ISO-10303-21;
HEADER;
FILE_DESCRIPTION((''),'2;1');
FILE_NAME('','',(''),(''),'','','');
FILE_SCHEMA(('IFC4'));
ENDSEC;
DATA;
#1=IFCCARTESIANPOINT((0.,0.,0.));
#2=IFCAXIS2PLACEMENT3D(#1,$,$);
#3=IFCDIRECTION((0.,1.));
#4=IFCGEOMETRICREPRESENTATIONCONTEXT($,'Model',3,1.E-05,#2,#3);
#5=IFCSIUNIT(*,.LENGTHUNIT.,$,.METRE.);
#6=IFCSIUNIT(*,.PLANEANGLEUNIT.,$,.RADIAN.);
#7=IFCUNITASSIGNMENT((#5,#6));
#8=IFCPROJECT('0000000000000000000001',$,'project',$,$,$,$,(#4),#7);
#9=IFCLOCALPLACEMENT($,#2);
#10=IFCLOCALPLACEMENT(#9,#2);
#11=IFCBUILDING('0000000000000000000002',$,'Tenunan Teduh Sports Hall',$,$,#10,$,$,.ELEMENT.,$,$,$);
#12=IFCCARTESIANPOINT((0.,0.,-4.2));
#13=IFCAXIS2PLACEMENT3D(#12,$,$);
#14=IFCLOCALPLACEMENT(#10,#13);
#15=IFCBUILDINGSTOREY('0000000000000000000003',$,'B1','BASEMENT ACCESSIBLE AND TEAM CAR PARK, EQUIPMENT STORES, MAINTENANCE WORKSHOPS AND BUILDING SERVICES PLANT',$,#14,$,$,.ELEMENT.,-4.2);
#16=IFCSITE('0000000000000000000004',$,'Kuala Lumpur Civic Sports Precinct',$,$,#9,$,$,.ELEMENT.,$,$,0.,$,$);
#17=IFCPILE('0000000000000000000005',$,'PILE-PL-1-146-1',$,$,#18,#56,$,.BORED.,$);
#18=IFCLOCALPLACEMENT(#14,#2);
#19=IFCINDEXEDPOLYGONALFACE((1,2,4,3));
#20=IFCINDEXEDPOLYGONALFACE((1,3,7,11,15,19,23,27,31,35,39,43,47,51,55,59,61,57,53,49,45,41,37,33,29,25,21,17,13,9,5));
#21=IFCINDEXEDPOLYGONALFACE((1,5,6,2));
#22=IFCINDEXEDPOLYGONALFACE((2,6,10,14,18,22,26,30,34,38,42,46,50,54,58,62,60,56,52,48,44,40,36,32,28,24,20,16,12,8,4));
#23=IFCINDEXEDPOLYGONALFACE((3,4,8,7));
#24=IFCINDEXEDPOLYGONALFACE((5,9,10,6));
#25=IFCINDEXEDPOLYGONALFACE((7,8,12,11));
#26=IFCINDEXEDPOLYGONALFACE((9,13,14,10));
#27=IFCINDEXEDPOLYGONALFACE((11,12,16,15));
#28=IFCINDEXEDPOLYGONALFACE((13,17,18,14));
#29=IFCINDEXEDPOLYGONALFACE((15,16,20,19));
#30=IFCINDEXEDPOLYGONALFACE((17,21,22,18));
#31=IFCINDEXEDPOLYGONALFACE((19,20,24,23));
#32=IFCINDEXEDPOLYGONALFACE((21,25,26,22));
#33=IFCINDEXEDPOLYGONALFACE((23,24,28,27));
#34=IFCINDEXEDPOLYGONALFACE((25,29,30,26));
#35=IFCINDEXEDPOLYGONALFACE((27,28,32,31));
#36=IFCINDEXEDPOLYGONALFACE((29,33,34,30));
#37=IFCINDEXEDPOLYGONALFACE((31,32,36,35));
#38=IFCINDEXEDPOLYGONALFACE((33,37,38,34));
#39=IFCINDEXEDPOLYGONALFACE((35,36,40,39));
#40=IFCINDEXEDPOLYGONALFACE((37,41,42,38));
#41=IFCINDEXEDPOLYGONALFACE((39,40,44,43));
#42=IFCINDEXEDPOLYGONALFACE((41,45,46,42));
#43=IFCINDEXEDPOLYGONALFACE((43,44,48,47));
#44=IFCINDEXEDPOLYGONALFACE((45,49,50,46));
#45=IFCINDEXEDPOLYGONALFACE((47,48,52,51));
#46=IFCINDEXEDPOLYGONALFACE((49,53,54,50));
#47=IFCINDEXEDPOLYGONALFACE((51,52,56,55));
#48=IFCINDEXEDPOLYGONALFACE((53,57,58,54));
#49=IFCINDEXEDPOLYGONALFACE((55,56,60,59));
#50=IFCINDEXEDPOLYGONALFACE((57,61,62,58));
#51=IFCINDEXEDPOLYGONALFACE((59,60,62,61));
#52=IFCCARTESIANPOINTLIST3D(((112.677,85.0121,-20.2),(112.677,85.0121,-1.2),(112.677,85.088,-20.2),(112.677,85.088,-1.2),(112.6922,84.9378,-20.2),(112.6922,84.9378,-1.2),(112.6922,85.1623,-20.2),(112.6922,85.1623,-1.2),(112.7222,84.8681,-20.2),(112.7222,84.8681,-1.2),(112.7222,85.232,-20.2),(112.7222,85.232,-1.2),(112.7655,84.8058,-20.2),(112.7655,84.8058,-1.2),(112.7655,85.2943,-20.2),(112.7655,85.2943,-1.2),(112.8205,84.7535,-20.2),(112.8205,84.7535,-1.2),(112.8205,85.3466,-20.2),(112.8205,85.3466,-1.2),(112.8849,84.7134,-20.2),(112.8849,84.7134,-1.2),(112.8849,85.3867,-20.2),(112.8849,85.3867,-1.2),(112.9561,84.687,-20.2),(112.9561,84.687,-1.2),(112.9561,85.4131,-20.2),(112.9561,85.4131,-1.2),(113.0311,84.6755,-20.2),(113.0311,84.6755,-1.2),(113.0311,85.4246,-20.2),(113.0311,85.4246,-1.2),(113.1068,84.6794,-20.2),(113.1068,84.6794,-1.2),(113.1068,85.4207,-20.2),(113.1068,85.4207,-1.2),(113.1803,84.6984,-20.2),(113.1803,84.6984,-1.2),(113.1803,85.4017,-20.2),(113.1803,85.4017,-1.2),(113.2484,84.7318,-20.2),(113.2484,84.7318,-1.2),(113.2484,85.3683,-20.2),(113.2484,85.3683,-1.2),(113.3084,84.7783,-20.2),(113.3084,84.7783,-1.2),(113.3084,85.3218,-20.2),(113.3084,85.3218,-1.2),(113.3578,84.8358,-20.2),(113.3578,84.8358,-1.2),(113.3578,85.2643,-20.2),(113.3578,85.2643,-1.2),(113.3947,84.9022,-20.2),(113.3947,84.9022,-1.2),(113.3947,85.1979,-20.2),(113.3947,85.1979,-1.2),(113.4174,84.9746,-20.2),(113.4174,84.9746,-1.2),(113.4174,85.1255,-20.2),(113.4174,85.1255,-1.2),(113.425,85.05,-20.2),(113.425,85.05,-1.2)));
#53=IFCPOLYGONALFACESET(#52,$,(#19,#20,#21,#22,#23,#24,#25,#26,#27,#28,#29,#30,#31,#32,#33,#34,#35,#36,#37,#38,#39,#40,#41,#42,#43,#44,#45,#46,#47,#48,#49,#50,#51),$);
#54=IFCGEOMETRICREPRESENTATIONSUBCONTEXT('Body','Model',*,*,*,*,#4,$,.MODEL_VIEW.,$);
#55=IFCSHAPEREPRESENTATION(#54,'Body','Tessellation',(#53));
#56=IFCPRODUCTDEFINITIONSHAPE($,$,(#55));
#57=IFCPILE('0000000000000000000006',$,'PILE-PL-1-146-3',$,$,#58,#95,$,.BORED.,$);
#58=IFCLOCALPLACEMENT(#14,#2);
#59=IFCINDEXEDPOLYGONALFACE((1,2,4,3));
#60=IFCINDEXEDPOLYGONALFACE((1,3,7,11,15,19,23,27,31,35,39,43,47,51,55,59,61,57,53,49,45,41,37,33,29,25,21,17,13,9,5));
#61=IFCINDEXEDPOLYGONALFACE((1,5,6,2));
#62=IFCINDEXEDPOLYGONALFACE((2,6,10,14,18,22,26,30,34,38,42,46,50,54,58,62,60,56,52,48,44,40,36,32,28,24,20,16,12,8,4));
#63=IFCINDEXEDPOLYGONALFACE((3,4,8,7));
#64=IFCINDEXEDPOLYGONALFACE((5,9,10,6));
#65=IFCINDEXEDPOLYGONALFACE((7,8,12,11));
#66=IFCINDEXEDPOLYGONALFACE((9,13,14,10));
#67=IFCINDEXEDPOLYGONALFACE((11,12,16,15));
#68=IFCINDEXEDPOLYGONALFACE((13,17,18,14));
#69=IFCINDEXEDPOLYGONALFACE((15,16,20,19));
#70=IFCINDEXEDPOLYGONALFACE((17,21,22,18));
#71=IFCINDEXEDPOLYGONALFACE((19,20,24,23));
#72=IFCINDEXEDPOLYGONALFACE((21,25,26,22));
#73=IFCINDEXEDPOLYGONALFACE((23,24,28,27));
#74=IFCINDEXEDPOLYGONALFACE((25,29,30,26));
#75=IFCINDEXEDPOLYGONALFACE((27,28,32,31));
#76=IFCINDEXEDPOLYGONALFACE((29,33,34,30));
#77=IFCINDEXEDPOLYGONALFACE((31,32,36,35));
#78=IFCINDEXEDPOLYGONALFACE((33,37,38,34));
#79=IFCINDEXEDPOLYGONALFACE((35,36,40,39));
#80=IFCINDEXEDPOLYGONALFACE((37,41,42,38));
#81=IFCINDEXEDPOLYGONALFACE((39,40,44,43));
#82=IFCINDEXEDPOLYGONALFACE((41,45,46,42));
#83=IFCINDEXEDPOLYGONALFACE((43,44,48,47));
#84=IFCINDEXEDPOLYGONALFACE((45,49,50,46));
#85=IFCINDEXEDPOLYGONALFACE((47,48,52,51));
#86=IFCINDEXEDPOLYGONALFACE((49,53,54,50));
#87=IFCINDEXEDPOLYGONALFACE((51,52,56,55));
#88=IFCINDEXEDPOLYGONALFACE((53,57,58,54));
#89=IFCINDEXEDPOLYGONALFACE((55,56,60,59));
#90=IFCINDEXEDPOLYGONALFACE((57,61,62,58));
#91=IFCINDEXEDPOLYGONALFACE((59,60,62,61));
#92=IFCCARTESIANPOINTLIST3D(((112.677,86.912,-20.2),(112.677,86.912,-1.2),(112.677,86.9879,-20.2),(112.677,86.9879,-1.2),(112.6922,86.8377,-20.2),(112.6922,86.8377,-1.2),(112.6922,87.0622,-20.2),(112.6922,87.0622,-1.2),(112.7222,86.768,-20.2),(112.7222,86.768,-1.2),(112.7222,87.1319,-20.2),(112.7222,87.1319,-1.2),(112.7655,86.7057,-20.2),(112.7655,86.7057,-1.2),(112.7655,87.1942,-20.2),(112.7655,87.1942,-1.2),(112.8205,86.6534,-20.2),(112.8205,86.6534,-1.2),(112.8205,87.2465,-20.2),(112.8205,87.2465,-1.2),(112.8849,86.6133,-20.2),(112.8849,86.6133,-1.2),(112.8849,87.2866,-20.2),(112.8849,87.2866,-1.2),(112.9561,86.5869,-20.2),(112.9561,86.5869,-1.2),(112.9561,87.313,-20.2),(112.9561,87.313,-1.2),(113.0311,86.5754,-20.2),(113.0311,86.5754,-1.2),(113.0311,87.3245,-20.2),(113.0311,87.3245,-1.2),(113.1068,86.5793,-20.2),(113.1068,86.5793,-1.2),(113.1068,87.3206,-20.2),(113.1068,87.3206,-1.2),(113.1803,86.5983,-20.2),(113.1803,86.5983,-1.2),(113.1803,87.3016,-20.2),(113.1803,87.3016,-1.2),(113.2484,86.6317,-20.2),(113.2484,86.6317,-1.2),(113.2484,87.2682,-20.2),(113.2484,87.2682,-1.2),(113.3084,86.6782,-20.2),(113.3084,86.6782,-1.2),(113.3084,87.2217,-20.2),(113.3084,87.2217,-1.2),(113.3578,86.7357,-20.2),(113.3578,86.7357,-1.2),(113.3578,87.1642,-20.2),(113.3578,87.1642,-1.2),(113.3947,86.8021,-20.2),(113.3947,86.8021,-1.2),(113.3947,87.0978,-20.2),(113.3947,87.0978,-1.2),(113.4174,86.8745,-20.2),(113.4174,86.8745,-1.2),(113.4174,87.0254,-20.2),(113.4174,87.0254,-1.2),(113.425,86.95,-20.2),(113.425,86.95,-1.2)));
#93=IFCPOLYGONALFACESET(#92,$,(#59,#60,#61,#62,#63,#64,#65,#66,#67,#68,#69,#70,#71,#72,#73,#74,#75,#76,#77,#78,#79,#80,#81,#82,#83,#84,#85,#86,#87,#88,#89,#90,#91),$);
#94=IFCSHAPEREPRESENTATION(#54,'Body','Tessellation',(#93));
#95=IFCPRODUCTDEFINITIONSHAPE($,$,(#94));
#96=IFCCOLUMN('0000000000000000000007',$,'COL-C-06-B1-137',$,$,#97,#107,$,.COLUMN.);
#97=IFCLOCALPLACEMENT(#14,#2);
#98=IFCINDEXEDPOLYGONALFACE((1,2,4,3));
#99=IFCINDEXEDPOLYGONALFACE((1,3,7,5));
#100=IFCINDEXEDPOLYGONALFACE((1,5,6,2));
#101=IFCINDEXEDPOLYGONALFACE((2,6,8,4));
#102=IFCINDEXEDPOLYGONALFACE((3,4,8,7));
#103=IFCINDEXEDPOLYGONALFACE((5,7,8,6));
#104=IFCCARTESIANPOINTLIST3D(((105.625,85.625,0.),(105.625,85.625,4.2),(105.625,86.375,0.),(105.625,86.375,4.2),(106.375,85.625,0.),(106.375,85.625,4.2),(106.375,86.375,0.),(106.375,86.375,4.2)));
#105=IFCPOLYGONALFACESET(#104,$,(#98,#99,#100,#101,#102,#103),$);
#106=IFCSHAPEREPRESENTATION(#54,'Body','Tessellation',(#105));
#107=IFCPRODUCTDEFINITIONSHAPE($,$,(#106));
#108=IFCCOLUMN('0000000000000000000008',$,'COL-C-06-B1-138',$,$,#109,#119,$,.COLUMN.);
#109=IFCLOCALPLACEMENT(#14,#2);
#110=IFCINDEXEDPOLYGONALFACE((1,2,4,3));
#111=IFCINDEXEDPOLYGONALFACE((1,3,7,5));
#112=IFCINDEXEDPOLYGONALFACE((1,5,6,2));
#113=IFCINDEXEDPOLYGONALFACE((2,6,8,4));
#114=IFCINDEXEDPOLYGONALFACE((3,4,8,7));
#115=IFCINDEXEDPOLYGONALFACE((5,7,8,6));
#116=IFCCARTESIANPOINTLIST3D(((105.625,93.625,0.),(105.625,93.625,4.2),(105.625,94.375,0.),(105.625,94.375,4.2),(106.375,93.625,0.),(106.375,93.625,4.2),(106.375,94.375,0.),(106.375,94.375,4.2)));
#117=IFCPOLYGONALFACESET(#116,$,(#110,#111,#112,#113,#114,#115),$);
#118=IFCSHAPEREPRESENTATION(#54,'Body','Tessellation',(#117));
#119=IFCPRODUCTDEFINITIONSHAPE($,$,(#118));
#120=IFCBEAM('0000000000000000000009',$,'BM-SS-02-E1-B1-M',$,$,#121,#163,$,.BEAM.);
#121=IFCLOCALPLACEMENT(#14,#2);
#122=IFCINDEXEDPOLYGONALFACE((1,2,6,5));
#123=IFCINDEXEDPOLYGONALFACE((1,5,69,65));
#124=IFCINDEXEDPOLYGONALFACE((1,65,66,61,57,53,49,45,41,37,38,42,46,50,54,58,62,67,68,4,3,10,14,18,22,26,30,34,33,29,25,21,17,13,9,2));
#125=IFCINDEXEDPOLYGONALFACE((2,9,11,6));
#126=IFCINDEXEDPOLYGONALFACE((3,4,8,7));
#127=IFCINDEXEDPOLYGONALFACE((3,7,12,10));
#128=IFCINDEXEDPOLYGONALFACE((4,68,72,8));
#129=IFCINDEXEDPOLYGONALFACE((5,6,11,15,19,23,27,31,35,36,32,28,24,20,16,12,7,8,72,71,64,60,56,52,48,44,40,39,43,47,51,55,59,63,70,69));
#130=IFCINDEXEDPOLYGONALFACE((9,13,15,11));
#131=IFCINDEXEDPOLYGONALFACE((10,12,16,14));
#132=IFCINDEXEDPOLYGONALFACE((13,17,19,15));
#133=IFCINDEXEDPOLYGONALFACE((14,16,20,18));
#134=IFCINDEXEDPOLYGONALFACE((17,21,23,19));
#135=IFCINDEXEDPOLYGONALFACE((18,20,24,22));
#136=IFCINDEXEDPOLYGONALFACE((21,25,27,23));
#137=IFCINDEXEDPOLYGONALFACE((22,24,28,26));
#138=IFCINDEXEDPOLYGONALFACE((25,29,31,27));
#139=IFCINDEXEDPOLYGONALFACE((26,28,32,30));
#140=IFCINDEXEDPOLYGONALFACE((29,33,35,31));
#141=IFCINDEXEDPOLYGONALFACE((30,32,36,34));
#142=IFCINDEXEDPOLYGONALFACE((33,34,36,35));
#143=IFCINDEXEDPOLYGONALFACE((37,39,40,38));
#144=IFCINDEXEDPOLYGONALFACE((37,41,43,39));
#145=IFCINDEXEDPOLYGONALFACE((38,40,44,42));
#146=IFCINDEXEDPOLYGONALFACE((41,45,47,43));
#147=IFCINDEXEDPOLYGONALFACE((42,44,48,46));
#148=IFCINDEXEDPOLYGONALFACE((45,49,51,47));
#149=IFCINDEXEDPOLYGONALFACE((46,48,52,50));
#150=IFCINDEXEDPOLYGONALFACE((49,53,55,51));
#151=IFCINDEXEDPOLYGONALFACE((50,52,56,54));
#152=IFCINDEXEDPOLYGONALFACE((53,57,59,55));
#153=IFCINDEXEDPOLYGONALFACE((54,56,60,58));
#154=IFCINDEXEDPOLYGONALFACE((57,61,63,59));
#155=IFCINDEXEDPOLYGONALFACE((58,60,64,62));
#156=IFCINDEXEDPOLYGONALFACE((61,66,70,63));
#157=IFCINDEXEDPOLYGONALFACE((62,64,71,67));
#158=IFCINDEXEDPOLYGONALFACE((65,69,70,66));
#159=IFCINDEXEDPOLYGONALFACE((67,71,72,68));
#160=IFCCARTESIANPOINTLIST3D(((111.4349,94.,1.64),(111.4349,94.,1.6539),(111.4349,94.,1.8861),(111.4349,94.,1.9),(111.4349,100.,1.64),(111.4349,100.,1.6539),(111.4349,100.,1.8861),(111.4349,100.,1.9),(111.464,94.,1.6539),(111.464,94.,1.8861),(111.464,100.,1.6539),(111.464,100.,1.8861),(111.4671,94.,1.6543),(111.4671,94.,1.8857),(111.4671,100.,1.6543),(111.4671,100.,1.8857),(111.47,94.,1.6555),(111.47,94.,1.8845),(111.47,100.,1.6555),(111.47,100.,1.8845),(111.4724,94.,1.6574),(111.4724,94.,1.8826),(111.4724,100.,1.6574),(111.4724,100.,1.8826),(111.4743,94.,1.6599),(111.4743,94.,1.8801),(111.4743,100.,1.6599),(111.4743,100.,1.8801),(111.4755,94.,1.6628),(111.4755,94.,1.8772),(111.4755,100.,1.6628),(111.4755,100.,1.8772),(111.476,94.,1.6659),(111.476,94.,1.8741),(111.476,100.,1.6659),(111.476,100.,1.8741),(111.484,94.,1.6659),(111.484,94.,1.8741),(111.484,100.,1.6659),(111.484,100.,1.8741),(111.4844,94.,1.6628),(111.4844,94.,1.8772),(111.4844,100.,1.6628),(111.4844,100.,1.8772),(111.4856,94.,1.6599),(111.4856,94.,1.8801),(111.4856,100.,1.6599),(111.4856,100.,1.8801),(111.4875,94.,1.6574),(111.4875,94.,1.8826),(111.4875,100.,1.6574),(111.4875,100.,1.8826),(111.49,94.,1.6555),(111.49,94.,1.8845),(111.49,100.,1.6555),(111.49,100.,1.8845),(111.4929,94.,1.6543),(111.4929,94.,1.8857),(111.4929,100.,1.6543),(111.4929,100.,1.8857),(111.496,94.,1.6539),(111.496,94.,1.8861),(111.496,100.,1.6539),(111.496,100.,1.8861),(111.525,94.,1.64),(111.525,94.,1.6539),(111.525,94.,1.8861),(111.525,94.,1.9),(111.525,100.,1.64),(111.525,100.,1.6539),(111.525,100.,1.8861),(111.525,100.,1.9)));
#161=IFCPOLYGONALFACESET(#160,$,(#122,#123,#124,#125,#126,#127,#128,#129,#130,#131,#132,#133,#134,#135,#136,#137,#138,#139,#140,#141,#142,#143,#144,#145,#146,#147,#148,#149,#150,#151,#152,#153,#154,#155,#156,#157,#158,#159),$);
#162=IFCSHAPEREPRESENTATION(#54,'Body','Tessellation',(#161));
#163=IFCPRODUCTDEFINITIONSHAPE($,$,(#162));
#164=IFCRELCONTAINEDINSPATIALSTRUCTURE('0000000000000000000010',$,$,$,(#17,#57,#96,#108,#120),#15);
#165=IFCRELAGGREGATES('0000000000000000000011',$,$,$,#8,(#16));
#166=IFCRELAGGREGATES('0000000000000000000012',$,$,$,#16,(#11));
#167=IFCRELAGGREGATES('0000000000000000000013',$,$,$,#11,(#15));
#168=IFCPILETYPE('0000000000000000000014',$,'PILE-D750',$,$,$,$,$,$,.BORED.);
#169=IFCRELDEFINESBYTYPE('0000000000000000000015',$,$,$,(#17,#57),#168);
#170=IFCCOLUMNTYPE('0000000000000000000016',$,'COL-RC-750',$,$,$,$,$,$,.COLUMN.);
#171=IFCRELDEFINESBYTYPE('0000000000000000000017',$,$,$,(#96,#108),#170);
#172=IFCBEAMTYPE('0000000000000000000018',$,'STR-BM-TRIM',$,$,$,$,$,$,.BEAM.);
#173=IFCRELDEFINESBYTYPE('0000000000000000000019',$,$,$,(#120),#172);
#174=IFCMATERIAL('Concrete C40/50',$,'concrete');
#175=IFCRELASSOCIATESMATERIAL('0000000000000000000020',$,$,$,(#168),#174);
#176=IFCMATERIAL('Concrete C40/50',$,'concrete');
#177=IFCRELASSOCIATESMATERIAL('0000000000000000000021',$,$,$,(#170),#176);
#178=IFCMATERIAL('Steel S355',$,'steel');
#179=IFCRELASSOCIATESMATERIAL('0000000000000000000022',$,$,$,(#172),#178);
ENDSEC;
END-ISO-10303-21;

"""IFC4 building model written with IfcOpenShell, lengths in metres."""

from ifc_helpers import new_model, si_unit, direction, frame, origin, origin_2d, place, context, subcontext, project, spatial, rectangle, circle, i_section, extrude, material, material_profile, profile_set, type_object, element, save


model = new_model("IFC4")

# Units and contexts
model_context = context("Model", 3, precision=1e-05, world=origin(), true_north=direction((0.0, 1.0)))
body_context = subcontext(model_context, "Body", "Model", "MODEL_VIEW")
ifc_project = project(units=[si_unit("LENGTHUNIT", "METRE"), si_unit("PLANEANGLEUNIT", "RADIAN")], contexts=[model_context])

# Site, building, storey
site_placement = place(None, origin())
site = spatial("IfcSite", under=ifc_project, at=site_placement, Name="Kuala Lumpur Civic Sports Precinct", CompositionType="ELEMENT", RefElevation=0.0)
building_placement = place(site_placement, origin())
building = spatial("IfcBuilding", under=site, at=building_placement, Name="Tenunan Teduh Sports Hall", CompositionType="ELEMENT")
storey_placement = place(building_placement, frame((0.0, 0.0, -4.2)))
storey = spatial("IfcBuildingStorey", under=building, at=storey_placement, Name="B1", Description="BASEMENT ACCESSIBLE AND TEAM CAR PARK, EQUIPMENT STORES, MAINTENANCE WORKSHOPS AND BUILDING SERVICES PLANT", CompositionType="ELEMENT", Elevation=-4.2)

# Piles
ifc_material_1 = material(Name="Concrete C40/50", Category="concrete")
ifc_material_profile_1 = material_profile(ifc_material_1, circle(Radius=0.375, at=origin_2d()), Name="PILE D750")
ifc_profile_set_1 = profile_set([ifc_material_profile_1], Name="Concrete C40/50")
pile_type = type_object("IfcPileType", Name="PILE-D750", PredefinedType="BORED", material=ifc_profile_set_1)
for number, where, z_axis, x_axis, name in (
    (1, (113.05, 85.05, -1.2), (0.0, 0.0, -1.0), (1.0, 0.0, 0.0), "PILE-PL-1-146-1"),
    (2, (113.05, 86.95, -1.2), (0.0, 0.0, -1.0), (1.0, 0.0, 0.0), "PILE-PL-1-146-3"),
):
    element("IfcPile", number, at=place(storey_placement, frame(where, z_axis=z_axis, x_axis=x_axis)), inside=storey, type_object=pile_type, Name=name, PredefinedType="BORED", context=body_context, shape_type="SweptSolid", body=[
        extrude(circle(Radius=0.375, at=origin_2d()), origin(), (0.0, 0.0, 1.0), 19.0),
    ])

# Columns
ifc_material_2 = material(Name="Concrete C40/50", Category="concrete")
ifc_material_profile_2 = material_profile(ifc_material_2, rectangle(XDim=0.75, YDim=0.75, at=origin_2d()), Name="RC 750x750")
ifc_profile_set_2 = profile_set([ifc_material_profile_2], Name="Concrete C40/50")
column_type = type_object("IfcColumnType", Name="COL-RC-750", PredefinedType="COLUMN", material=ifc_profile_set_2)
for number, where, z_axis, x_axis, name in (
    (3, (106.0, 86.0, 0.0), (0.0, 0.0, 1.0), (1.0, 0.0, 0.0), "COL-C-06-B1-137"),
    (4, (106.0, 94.0, 0.0), (0.0, 0.0, 1.0), (1.0, 0.0, 0.0), "COL-C-06-B1-138"),
):
    element("IfcColumn", number, at=place(storey_placement, frame(where, z_axis=z_axis, x_axis=x_axis)), inside=storey, type_object=column_type, Name=name, PredefinedType="COLUMN", context=body_context, shape_type="SweptSolid", body=[
        extrude(rectangle(XDim=0.75, YDim=0.75, at=origin_2d()), origin(), (0.0, 0.0, 1.0), 4.2),
    ])

# Beam
ifc_material_3 = material(Name="Steel S355", Category="steel")
ifc_material_profile_3 = material_profile(ifc_material_3, i_section(OverallWidth=0.0901, OverallDepth=0.26, WebThickness=0.0081, FlangeThickness=0.0139, FilletRadius=0.012, at=origin_2d()), Name="PFC 260x90")
ifc_profile_set_3 = profile_set([ifc_material_profile_3], Name="Steel S355")
beam_type = type_object("IfcBeamType", Name="STR-BM-TRIM", PredefinedType="BEAM", material=ifc_profile_set_3)
for number, where, z_axis, x_axis, name in (
    (5, (111.48, 94.0, 1.77), (0.0, 1.0, 0.0), (-1.0, 0.0, 0.0), "BM-SS-02-E1-B1-M"),
):
    element("IfcBeam", number, at=place(storey_placement, frame(where, z_axis=z_axis, x_axis=x_axis)), inside=storey, type_object=beam_type, Name=name, PredefinedType="BEAM", context=body_context, shape_type="SweptSolid", body=[
        extrude(i_section(OverallWidth=0.0901, OverallDepth=0.26, WebThickness=0.0081, FlangeThickness=0.0139, FilletRadius=0.012, at=origin_2d()), origin(), (0.0, 0.0, 1.0), 6.0),
    ])

save(model, "model.ifc")
